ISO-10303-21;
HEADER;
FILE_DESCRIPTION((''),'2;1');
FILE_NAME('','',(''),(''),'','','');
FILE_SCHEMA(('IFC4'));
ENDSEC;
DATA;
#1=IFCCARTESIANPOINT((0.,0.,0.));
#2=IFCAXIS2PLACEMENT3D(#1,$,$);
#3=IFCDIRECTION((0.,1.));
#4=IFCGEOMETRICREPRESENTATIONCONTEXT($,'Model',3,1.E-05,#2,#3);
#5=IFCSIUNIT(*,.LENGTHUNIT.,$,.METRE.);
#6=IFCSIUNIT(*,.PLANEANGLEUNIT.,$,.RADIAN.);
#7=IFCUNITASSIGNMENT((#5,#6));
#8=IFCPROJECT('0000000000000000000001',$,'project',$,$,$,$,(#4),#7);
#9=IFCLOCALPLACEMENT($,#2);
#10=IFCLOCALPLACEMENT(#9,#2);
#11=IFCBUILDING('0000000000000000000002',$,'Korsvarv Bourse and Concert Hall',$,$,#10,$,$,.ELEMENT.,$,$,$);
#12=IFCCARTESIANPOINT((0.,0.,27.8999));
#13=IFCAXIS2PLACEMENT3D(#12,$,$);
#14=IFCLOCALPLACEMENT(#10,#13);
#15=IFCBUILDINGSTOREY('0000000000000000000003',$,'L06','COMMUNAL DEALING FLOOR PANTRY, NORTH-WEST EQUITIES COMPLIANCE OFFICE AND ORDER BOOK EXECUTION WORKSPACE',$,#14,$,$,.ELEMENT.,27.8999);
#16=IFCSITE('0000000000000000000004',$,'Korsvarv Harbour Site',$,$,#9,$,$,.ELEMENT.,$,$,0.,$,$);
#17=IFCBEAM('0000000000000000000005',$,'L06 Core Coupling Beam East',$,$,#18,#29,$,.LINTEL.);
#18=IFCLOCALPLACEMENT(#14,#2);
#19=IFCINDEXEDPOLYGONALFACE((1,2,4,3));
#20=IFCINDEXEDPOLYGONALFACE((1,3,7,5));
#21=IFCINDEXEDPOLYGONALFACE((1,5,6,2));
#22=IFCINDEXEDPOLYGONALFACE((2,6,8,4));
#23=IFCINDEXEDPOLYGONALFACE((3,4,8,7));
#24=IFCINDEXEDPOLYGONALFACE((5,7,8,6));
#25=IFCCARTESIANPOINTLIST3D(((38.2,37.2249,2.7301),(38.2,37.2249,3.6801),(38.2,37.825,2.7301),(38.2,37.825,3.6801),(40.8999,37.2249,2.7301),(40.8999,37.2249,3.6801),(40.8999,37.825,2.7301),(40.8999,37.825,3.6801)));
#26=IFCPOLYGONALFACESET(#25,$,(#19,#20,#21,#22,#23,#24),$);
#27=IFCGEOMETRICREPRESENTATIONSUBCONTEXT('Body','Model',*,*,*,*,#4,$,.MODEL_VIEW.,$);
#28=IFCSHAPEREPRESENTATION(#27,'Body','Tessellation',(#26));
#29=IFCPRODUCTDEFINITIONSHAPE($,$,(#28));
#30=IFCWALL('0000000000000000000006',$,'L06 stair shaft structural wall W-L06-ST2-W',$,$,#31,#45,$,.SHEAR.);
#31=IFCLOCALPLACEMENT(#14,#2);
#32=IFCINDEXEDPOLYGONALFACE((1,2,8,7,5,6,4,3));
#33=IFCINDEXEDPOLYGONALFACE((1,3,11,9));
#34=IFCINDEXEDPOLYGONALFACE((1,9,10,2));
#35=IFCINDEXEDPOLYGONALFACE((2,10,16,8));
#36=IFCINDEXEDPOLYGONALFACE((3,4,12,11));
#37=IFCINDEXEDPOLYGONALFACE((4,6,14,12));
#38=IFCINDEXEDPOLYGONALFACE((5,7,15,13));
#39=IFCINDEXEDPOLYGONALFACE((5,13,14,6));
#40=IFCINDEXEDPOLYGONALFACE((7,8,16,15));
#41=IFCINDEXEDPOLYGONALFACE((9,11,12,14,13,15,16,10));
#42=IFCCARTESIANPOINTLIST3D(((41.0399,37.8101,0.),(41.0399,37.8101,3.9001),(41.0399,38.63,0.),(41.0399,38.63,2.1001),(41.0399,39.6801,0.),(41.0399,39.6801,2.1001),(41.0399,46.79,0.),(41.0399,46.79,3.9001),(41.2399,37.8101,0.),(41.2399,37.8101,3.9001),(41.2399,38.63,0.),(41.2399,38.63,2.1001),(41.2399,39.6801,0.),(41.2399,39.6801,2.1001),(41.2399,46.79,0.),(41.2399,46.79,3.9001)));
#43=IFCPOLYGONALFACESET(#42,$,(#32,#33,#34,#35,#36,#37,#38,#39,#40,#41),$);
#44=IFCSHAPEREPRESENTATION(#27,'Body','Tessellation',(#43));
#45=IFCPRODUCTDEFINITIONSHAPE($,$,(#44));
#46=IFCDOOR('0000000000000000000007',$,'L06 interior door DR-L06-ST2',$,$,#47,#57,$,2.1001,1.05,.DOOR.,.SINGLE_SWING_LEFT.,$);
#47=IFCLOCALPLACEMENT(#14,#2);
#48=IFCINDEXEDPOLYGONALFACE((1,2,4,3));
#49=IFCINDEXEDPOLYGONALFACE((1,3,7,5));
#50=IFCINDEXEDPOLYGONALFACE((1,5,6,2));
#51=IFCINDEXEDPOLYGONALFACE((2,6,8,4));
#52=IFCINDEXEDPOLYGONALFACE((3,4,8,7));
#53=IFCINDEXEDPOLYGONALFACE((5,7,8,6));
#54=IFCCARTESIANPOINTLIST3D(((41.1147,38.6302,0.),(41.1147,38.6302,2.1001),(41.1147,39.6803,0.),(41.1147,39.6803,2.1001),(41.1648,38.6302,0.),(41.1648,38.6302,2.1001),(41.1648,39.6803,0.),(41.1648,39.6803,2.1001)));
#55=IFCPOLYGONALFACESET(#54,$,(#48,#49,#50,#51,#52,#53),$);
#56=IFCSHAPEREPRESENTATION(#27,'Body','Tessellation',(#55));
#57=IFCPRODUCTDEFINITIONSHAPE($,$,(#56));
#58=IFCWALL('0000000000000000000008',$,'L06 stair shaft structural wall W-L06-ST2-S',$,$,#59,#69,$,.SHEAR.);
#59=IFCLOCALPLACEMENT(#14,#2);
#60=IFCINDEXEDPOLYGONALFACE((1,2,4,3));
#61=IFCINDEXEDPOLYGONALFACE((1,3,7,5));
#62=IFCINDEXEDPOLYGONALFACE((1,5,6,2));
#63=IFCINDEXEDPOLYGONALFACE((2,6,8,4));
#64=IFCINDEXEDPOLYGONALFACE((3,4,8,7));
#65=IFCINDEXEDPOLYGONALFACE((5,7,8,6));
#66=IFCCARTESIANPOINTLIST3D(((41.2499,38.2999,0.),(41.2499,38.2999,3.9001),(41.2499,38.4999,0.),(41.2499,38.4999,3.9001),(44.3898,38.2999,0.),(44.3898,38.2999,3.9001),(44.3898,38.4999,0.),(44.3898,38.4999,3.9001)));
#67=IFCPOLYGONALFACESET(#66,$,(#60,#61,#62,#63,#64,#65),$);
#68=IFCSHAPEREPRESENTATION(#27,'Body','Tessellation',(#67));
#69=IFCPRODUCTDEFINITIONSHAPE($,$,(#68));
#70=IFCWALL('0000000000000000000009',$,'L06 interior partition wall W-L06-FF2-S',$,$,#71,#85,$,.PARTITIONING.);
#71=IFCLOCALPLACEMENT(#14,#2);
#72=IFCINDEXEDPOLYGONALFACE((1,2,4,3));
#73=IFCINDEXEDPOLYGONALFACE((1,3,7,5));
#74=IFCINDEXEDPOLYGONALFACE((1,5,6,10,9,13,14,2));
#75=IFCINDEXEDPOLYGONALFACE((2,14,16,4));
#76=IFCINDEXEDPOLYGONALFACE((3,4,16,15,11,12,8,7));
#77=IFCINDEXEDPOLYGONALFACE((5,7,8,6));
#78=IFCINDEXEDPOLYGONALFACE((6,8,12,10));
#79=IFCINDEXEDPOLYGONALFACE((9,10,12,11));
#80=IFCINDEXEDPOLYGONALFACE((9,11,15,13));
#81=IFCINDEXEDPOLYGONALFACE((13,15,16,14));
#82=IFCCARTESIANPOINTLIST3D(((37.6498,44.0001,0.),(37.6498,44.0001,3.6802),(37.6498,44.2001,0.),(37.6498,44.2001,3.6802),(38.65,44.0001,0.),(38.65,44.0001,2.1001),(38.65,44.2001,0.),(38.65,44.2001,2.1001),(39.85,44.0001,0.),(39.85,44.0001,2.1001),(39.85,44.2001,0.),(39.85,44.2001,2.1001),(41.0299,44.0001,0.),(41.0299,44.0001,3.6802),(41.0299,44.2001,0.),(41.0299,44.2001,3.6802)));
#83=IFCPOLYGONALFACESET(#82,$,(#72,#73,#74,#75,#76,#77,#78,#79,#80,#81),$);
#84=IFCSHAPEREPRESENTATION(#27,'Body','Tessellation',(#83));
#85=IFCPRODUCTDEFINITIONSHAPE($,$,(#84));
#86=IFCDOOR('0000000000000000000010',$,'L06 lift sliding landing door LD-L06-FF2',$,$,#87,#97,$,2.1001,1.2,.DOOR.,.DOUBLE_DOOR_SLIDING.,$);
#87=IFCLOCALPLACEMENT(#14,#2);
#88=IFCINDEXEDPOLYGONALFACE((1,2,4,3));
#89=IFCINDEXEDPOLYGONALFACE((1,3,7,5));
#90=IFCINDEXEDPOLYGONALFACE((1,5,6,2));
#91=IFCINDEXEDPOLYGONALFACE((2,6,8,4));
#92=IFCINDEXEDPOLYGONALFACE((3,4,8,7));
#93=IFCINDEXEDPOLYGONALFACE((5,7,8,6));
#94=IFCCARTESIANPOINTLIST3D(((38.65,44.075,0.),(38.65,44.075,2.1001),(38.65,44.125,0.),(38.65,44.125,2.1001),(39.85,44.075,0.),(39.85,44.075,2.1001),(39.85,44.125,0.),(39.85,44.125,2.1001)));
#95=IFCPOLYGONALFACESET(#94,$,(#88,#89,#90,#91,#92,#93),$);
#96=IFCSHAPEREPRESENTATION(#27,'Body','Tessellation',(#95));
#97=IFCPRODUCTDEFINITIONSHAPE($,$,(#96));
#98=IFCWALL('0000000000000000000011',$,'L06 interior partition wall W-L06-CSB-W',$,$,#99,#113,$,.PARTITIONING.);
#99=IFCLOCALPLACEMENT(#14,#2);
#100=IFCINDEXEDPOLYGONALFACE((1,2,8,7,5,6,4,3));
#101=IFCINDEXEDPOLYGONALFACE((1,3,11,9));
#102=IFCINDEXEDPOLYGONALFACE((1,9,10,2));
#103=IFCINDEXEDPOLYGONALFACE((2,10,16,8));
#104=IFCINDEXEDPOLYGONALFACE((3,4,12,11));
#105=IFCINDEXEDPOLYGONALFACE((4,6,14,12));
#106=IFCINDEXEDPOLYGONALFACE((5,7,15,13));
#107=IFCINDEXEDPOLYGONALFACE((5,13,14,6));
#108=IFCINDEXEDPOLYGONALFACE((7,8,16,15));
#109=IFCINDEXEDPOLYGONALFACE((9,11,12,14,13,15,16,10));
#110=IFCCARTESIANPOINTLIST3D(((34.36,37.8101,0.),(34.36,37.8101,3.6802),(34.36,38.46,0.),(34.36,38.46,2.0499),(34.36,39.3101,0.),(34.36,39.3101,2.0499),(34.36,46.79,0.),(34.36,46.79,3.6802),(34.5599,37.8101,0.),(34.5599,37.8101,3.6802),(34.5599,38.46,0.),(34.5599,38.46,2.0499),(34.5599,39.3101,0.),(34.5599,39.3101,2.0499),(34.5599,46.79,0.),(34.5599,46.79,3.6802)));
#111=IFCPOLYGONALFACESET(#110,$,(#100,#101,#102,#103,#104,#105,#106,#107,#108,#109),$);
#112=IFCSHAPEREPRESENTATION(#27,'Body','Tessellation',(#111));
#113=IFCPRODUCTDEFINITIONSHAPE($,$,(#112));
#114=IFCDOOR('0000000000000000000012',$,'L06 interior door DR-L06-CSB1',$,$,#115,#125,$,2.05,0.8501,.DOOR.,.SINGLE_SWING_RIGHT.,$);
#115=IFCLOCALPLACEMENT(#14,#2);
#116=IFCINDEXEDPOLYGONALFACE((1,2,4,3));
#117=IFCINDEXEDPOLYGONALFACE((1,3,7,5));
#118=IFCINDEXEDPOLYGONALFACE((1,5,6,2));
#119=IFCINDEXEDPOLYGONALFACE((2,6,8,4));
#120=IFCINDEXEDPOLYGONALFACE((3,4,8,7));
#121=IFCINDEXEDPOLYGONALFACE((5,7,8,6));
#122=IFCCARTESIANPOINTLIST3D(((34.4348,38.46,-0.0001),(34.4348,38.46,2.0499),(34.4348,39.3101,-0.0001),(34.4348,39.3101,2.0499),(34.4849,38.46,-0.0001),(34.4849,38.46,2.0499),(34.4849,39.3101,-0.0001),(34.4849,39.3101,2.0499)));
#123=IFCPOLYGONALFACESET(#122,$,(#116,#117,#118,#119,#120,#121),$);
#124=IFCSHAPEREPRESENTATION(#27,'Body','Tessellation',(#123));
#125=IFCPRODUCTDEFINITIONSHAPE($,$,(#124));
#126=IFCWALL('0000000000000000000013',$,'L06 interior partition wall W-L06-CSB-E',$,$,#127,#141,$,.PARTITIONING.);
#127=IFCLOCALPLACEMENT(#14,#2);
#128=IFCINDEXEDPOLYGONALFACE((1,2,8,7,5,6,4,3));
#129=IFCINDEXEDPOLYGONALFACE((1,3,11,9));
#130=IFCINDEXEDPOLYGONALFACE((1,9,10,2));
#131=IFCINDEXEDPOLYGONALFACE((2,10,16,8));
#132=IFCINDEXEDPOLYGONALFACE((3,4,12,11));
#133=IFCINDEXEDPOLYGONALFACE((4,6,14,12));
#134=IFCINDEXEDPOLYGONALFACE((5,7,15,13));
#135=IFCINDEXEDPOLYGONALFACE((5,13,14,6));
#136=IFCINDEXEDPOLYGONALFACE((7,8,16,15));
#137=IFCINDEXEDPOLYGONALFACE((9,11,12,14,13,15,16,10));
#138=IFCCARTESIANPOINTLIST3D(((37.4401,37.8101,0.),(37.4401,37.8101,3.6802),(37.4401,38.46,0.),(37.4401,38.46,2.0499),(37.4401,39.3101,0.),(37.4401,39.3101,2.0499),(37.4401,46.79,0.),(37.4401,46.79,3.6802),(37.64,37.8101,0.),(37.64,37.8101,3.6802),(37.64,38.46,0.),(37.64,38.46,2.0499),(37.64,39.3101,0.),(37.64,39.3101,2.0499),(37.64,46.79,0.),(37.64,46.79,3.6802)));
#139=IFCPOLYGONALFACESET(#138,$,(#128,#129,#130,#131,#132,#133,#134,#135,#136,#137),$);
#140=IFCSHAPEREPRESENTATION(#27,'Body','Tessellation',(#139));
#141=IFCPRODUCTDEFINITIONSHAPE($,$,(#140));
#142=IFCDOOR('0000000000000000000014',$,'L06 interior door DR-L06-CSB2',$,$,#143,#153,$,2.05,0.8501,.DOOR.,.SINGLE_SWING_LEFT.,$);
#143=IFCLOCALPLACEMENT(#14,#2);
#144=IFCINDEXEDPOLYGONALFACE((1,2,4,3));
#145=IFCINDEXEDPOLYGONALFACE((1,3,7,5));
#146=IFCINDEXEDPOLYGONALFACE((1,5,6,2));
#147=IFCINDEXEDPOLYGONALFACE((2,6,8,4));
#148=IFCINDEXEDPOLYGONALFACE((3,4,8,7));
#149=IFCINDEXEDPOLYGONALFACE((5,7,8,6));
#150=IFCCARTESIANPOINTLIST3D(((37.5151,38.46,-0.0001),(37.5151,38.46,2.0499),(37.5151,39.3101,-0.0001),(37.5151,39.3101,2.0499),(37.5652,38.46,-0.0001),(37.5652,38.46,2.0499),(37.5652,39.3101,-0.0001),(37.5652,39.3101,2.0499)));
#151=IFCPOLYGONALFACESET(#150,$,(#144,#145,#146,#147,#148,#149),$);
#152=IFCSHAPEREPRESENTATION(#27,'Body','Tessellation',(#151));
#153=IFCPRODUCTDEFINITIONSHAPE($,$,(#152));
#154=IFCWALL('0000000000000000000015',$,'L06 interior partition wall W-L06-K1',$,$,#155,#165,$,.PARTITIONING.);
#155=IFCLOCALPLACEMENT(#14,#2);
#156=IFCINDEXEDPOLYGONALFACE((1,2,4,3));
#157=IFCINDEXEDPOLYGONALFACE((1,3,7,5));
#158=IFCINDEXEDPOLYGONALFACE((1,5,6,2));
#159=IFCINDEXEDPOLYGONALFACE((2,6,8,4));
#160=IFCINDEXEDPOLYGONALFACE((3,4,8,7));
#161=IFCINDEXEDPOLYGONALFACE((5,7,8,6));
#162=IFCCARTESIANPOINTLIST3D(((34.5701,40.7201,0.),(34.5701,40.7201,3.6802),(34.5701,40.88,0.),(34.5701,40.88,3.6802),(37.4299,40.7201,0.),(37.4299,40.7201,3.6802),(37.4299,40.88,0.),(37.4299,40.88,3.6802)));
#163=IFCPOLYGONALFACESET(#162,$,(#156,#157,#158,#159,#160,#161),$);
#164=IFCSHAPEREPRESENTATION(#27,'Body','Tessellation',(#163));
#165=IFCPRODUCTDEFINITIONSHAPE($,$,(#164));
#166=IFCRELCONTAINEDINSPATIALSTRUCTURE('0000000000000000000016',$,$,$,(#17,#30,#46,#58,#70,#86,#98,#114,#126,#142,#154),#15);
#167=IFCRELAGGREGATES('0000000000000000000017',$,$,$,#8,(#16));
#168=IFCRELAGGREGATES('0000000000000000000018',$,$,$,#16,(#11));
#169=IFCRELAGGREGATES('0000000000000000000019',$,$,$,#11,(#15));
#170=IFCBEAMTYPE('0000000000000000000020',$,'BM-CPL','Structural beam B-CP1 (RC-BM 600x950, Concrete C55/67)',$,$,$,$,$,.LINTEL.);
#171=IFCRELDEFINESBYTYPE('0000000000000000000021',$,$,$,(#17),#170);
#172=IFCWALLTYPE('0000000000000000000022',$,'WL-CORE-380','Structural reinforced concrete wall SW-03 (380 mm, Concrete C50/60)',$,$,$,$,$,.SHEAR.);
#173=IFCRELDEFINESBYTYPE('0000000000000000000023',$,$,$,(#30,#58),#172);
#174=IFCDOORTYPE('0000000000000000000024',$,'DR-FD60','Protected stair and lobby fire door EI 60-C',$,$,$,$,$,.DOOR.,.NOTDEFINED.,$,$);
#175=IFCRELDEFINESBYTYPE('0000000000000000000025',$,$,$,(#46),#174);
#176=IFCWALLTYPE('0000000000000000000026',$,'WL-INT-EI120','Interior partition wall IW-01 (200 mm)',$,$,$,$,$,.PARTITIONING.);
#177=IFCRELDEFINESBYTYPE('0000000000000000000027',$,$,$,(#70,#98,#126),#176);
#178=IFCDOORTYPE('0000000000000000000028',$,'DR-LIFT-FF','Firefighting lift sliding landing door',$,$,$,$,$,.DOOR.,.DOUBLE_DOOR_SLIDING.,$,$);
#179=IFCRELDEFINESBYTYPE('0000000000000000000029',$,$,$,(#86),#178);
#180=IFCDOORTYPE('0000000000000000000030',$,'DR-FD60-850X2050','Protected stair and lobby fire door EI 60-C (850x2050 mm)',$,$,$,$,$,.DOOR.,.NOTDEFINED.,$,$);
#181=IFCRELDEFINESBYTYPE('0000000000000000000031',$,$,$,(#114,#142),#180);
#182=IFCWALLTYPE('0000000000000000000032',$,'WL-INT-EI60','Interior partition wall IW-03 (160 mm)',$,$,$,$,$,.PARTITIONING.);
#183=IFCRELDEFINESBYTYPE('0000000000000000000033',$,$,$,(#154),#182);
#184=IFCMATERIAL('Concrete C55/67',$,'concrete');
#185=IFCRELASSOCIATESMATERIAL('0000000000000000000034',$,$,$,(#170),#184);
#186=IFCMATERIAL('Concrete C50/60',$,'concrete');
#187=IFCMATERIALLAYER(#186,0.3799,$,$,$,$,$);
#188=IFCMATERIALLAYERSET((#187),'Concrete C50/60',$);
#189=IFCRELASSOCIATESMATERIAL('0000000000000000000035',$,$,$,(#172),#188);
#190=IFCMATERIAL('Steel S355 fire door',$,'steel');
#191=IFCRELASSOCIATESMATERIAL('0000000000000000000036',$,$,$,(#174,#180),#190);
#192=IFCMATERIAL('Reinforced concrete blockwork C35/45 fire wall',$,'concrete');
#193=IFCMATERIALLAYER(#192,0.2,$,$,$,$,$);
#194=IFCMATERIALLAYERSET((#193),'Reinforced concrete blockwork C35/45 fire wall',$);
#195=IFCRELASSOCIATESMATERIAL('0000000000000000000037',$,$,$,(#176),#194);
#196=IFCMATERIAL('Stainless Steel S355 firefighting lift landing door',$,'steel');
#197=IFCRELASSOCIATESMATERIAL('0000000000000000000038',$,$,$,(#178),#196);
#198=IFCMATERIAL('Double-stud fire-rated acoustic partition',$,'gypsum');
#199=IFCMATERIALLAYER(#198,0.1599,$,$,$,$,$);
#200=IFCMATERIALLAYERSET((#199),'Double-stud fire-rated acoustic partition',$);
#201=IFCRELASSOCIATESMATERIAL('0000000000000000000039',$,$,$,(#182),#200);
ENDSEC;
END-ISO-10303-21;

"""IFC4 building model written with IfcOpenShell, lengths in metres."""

from ifc_helpers import new_model, si_unit, direction, frame, frame_2d, origin, origin_2d, place, context, subcontext, project, spatial, rectangle, extrude, source, transform, mapped, material, layer, layer_set, material_profile, profile_set, type_object, element, fill, save


model = new_model("IFC4")

# Units and contexts
model_context = context("Model", 3, precision=1e-05, world=origin(), true_north=direction((0.0, 1.0)))
body_context = subcontext(model_context, "Body", "Model", "MODEL_VIEW")
ifc_project = project(units=[si_unit("LENGTHUNIT", "METRE"), si_unit("PLANEANGLEUNIT", "RADIAN")], contexts=[model_context])

# Site, building, storey
site_placement = place(None, origin())
site = spatial("IfcSite", under=ifc_project, at=site_placement, Name="Korsvarv Harbour Site", CompositionType="ELEMENT", RefElevation=0.0)
building_placement = place(site_placement, origin())
building = spatial("IfcBuilding", under=site, at=building_placement, Name="Korsvarv Bourse and Concert Hall", CompositionType="ELEMENT")
storey_placement = place(building_placement, frame((0.0, 0.0, 27.8999)))
storey = spatial("IfcBuildingStorey", under=building, at=storey_placement, Name="L06", Description="COMMUNAL DEALING FLOOR PANTRY, NORTH-WEST EQUITIES COMPLIANCE OFFICE AND ORDER BOOK EXECUTION WORKSPACE", CompositionType="ELEMENT", Elevation=27.8999)

# Beam
ifc_material_1 = material(Name="Concrete C55/67", Category="concrete")
ifc_material_profile = material_profile(ifc_material_1, rectangle(XDim=0.6001, YDim=0.95, at=origin_2d()), Name="RC-BM 600x950")
ifc_profile_set = profile_set([ifc_material_profile], Name="Concrete C55/67")
beam_type = type_object("IfcBeamType", Name="BM-CPL", Description="Structural beam B-CP1 (RC-BM 600x950, Concrete C55/67)", PredefinedType="LINTEL", material=ifc_profile_set)
shared_shape = source(origin(), body_context, "Body", "SweptSolid", [
    extrude(rectangle(XDim=0.6001, YDim=0.95, at=origin_2d()), origin(), (0.0, 0.0, 1.0), 2.7),
])
beam_placement = place(storey_placement, frame((38.2, 37.5249, 3.2051), z_axis=(1.0, 0.0, 0.0), x_axis=(0.0, 1.0, 0.0)))
element("IfcBeam", 1, at=beam_placement, inside=storey, type_object=beam_type, Name="L06 Core Coupling Beam East", PredefinedType="LINTEL", context=body_context, shape_type="MappedRepresentation", body=[
    mapped(shared_shape, transform((0.0, 0.0, 0.0), scale=1.0)),
])

# Wall, opening, door
ifc_material_2 = material(Name="Concrete C50/60", Category="concrete")
ifc_layer_1 = layer(ifc_material_2, 0.3799)
ifc_layer_set_1 = layer_set([ifc_layer_1], Name="Concrete C50/60")
wall_type_1 = type_object("IfcWallType", Name="WL-CORE-380", Description="Structural reinforced concrete wall SW-03 (380 mm, Concrete C50/60)", PredefinedType="SHEAR", material=ifc_layer_set_1)
wall_1_placement = place(storey_placement, frame((41.1399, 37.8101, 0.0), z_axis=(0.0, 0.0, 1.0), x_axis=(0.0, 1.0, 0.0)))
wall_1 = element("IfcWall", 2, at=wall_1_placement, inside=storey, type_object=wall_type_1, Name="L06 stair shaft structural wall W-L06-ST2-W", PredefinedType="SHEAR", context=body_context, shape_type="SweptSolid", body=[
    extrude(rectangle(XDim=8.98, YDim=0.2, at=frame_2d((4.49, 0.0))), origin(), (0.0, 0.0, 1.0), 3.9001),
])
opening_1_placement = place(wall_1_placement, frame((0.8201, 0.0, 0.0)))
opening_1 = element("IfcOpeningElement", 3, at=opening_1_placement, cuts=wall_1, PredefinedType="OPENING", context=body_context, shape_type="SweptSolid", body=[
    extrude(rectangle(XDim=1.05, YDim=2.1001, at=frame_2d((0.5249, 1.05))), frame((0.0, 0.1099, 0.0), z_axis=(0.0, -1.0, 0.0), x_axis=(1.0, 0.0, 0.0)), (0.0, 0.0, 1.0), 0.22),
])
ifc_material_3 = material(Name="Steel S355 fire door", Category="steel")
door_type_1 = type_object("IfcDoorType", Name="DR-FD60", Description="Protected stair and lobby fire door EI 60-C", OperationType="NOTDEFINED", PredefinedType="DOOR", material=ifc_material_3)
door_1_placement = place(opening_1_placement, frame((1.05, 0.0, 0.0), z_axis=(0.0, 0.0, 1.0), x_axis=(-1.0, 0.0, 0.0)))
door_1 = element("IfcDoor", 4, at=door_1_placement, inside=storey, type_object=door_type_1, Name="L06 interior door DR-L06-ST2", OperationType="SINGLE_SWING_LEFT", OverallHeight=2.1001, OverallWidth=1.05, PredefinedType="DOOR", context=body_context, shape_type="SweptSolid", body=[
    extrude(rectangle(XDim=1.05, YDim=2.1001, at=frame_2d((0.5249, 1.05))), frame((0.0, 0.0249, 0.0), z_axis=(0.0, -1.0, 0.0), x_axis=(1.0, 0.0, 0.0)), (0.0, 0.0, 1.0), 0.05),
])
fill(opening_1, door_1)

# Wall
wall_2_placement = place(storey_placement, frame((41.25, 38.3999, 0.0), z_axis=(0.0, 0.0, 1.0), x_axis=(1.0, 0.0, 0.0)))
element("IfcWall", 5, at=wall_2_placement, inside=storey, type_object=wall_type_1, Name="L06 stair shaft structural wall W-L06-ST2-S", PredefinedType="SHEAR", context=body_context, shape_type="SweptSolid", body=[
    extrude(rectangle(XDim=3.1399, YDim=0.2, at=frame_2d((1.5698, 0.0))), origin(), (0.0, 0.0, 1.0), 3.9001),
])

# Walls, openings, doors
ifc_material_4 = material(Name="Reinforced concrete blockwork C35/45 fire wall", Category="concrete")
ifc_layer_2 = layer(ifc_material_4, 0.2)
ifc_layer_set_2 = layer_set([ifc_layer_2], Name="Reinforced concrete blockwork C35/45 fire wall")
wall_type_2 = type_object("IfcWallType", Name="WL-INT-EI120", Description="Interior partition wall IW-01 (200 mm)", PredefinedType="PARTITIONING", material=ifc_layer_set_2)
wall_3_placement = place(storey_placement, frame((37.6499, 44.1001, 0.0), z_axis=(0.0, 0.0, 1.0), x_axis=(1.0, 0.0, 0.0)))
wall_3 = element("IfcWall", 6, at=wall_3_placement, inside=storey, type_object=wall_type_2, Name="L06 interior partition wall W-L06-FF2-S", PredefinedType="PARTITIONING", context=body_context, shape_type="SweptSolid", body=[
    extrude(rectangle(XDim=3.3801, YDim=0.2, at=frame_2d((1.6899, 0.0))), origin(), (0.0, 0.0, 1.0), 3.6802),
])
opening_2_placement = place(wall_3_placement, frame((1.0, 0.0, 0.0)))
opening_2 = element("IfcOpeningElement", 7, at=opening_2_placement, cuts=wall_3, PredefinedType="OPENING", context=body_context, shape_type="SweptSolid", body=[
    extrude(rectangle(XDim=1.2, YDim=2.1001, at=frame_2d((0.6001, 1.05))), frame((0.0, 0.1099, 0.0), z_axis=(0.0, -1.0, 0.0), x_axis=(1.0, 0.0, 0.0)), (0.0, 0.0, 1.0), 0.22),
])
ifc_material_5 = material(Name="Stainless Steel S355 firefighting lift landing door", Category="steel")
door_type_2 = type_object("IfcDoorType", Name="DR-LIFT-FF", Description="Firefighting lift sliding landing door", OperationType="DOUBLE_DOOR_SLIDING", PredefinedType="DOOR", material=ifc_material_5)
door_2_placement = place(opening_2_placement, origin())
door_2 = element("IfcDoor", 8, at=door_2_placement, inside=storey, type_object=door_type_2, Name="L06 lift sliding landing door LD-L06-FF2", OperationType="DOUBLE_DOOR_SLIDING", OverallHeight=2.1001, OverallWidth=1.2, PredefinedType="DOOR", context=body_context, shape_type="SweptSolid", body=[
    extrude(rectangle(XDim=1.2, YDim=2.1001, at=frame_2d((0.6001, 1.05))), frame((0.0, 0.0249, 0.0), z_axis=(0.0, -1.0, 0.0), x_axis=(1.0, 0.0, 0.0)), (0.0, 0.0, 1.0), 0.05),
])
fill(opening_2, door_2)
wall_4_placement = place(storey_placement, frame((34.46, 37.8101, 0.0), z_axis=(0.0, 0.0, 1.0), x_axis=(0.0, 1.0, 0.0)))
wall_4 = element("IfcWall", 9, at=wall_4_placement, inside=storey, type_object=wall_type_2, Name="L06 interior partition wall W-L06-CSB-W", PredefinedType="PARTITIONING", context=body_context, shape_type="SweptSolid", body=[
    extrude(rectangle(XDim=8.98, YDim=0.2, at=frame_2d((4.49, 0.0))), origin(), (0.0, 0.0, 1.0), 3.6802),
])
opening_3_placement = place(wall_4_placement, frame((0.6499, 0.0, 0.0)))
opening_3 = element("IfcOpeningElement", 10, at=opening_3_placement, cuts=wall_4, PredefinedType="OPENING", context=body_context, shape_type="SweptSolid", body=[
    extrude(rectangle(XDim=0.8501, YDim=2.05, at=frame_2d((0.425, 1.0249))), frame((0.0, 0.1099, 0.0), z_axis=(0.0, -1.0, 0.0), x_axis=(1.0, 0.0, 0.0)), (0.0, 0.0, 1.0), 0.22),
])
door_type_3 = type_object("IfcDoorType", Name="DR-FD60-850X2050", Description="Protected stair and lobby fire door EI 60-C (850x2050 mm)", OperationType="NOTDEFINED", PredefinedType="DOOR", material=ifc_material_3)
door_3_placement = place(opening_3_placement, frame((0.8501, 0.0, 0.0), z_axis=(0.0, 0.0, 1.0), x_axis=(-1.0, 0.0, 0.0)))
door_3 = element("IfcDoor", 11, at=door_3_placement, inside=storey, type_object=door_type_3, Name="L06 interior door DR-L06-CSB1", OperationType="SINGLE_SWING_RIGHT", OverallHeight=2.05, OverallWidth=0.8501, PredefinedType="DOOR", context=body_context, shape_type="SweptSolid", body=[
    extrude(rectangle(XDim=0.8501, YDim=2.05, at=frame_2d((0.425, 1.0249))), frame((0.0, 0.0249, 0.0), z_axis=(0.0, -1.0, 0.0), x_axis=(1.0, 0.0, 0.0)), (0.0, 0.0, 1.0), 0.05),
])
fill(opening_3, door_3)
wall_5_placement = place(storey_placement, frame((37.54, 37.8101, 0.0), z_axis=(0.0, 0.0, 1.0), x_axis=(0.0, 1.0, 0.0)))
wall_5 = element("IfcWall", 12, at=wall_5_placement, inside=storey, type_object=wall_type_2, Name="L06 interior partition wall W-L06-CSB-E", PredefinedType="PARTITIONING", context=body_context, shape_type="SweptSolid", body=[
    extrude(rectangle(XDim=8.98, YDim=0.2, at=frame_2d((4.49, 0.0))), origin(), (0.0, 0.0, 1.0), 3.6802),
])
opening_4_placement = place(wall_5_placement, frame((0.6499, 0.0, 0.0)))
opening_4 = element("IfcOpeningElement", 13, at=opening_4_placement, cuts=wall_5, PredefinedType="OPENING", context=body_context, shape_type="SweptSolid", body=[
    extrude(rectangle(XDim=0.8501, YDim=2.05, at=frame_2d((0.425, 1.0249))), frame((0.0, 0.1099, 0.0), z_axis=(0.0, -1.0, 0.0), x_axis=(1.0, 0.0, 0.0)), (0.0, 0.0, 1.0), 0.22),
])
door_4_placement = place(opening_4_placement, origin())
door_4 = element("IfcDoor", 14, at=door_4_placement, inside=storey, type_object=door_type_3, Name="L06 interior door DR-L06-CSB2", OperationType="SINGLE_SWING_LEFT", OverallHeight=2.05, OverallWidth=0.8501, PredefinedType="DOOR", context=body_context, shape_type="SweptSolid", body=[
    extrude(rectangle(XDim=0.8501, YDim=2.05, at=frame_2d((0.425, 1.0249))), frame((0.0, 0.0249, 0.0), z_axis=(0.0, -1.0, 0.0), x_axis=(1.0, 0.0, 0.0)), (0.0, 0.0, 1.0), 0.05),
])
fill(opening_4, door_4)

# Wall
ifc_material_6 = material(Name="Double-stud fire-rated acoustic partition", Category="gypsum")
ifc_layer_3 = layer(ifc_material_6, 0.1599)
ifc_layer_set_3 = layer_set([ifc_layer_3], Name="Double-stud fire-rated acoustic partition")
wall_type_3 = type_object("IfcWallType", Name="WL-INT-EI60", Description="Interior partition wall IW-03 (160 mm)", PredefinedType="PARTITIONING", material=ifc_layer_set_3)
for number, where, z_axis, x_axis, name in (
    (15, (34.5701, 40.8, 0.0), (0.0, 0.0, 1.0), (1.0, 0.0, 0.0), "L06 interior partition wall W-L06-K1"),
):
    element("IfcWall", number, at=place(storey_placement, frame(where, z_axis=z_axis, x_axis=x_axis)), inside=storey, type_object=wall_type_3, Name=name, PredefinedType="PARTITIONING", context=body_context, shape_type="SweptSolid", body=[
        extrude(rectangle(XDim=2.8599, YDim=0.1599, at=frame_2d((1.4299, 0.0))), origin(), (0.0, 0.0, 1.0), 3.6802),
    ])

save(model, "model.ifc")
